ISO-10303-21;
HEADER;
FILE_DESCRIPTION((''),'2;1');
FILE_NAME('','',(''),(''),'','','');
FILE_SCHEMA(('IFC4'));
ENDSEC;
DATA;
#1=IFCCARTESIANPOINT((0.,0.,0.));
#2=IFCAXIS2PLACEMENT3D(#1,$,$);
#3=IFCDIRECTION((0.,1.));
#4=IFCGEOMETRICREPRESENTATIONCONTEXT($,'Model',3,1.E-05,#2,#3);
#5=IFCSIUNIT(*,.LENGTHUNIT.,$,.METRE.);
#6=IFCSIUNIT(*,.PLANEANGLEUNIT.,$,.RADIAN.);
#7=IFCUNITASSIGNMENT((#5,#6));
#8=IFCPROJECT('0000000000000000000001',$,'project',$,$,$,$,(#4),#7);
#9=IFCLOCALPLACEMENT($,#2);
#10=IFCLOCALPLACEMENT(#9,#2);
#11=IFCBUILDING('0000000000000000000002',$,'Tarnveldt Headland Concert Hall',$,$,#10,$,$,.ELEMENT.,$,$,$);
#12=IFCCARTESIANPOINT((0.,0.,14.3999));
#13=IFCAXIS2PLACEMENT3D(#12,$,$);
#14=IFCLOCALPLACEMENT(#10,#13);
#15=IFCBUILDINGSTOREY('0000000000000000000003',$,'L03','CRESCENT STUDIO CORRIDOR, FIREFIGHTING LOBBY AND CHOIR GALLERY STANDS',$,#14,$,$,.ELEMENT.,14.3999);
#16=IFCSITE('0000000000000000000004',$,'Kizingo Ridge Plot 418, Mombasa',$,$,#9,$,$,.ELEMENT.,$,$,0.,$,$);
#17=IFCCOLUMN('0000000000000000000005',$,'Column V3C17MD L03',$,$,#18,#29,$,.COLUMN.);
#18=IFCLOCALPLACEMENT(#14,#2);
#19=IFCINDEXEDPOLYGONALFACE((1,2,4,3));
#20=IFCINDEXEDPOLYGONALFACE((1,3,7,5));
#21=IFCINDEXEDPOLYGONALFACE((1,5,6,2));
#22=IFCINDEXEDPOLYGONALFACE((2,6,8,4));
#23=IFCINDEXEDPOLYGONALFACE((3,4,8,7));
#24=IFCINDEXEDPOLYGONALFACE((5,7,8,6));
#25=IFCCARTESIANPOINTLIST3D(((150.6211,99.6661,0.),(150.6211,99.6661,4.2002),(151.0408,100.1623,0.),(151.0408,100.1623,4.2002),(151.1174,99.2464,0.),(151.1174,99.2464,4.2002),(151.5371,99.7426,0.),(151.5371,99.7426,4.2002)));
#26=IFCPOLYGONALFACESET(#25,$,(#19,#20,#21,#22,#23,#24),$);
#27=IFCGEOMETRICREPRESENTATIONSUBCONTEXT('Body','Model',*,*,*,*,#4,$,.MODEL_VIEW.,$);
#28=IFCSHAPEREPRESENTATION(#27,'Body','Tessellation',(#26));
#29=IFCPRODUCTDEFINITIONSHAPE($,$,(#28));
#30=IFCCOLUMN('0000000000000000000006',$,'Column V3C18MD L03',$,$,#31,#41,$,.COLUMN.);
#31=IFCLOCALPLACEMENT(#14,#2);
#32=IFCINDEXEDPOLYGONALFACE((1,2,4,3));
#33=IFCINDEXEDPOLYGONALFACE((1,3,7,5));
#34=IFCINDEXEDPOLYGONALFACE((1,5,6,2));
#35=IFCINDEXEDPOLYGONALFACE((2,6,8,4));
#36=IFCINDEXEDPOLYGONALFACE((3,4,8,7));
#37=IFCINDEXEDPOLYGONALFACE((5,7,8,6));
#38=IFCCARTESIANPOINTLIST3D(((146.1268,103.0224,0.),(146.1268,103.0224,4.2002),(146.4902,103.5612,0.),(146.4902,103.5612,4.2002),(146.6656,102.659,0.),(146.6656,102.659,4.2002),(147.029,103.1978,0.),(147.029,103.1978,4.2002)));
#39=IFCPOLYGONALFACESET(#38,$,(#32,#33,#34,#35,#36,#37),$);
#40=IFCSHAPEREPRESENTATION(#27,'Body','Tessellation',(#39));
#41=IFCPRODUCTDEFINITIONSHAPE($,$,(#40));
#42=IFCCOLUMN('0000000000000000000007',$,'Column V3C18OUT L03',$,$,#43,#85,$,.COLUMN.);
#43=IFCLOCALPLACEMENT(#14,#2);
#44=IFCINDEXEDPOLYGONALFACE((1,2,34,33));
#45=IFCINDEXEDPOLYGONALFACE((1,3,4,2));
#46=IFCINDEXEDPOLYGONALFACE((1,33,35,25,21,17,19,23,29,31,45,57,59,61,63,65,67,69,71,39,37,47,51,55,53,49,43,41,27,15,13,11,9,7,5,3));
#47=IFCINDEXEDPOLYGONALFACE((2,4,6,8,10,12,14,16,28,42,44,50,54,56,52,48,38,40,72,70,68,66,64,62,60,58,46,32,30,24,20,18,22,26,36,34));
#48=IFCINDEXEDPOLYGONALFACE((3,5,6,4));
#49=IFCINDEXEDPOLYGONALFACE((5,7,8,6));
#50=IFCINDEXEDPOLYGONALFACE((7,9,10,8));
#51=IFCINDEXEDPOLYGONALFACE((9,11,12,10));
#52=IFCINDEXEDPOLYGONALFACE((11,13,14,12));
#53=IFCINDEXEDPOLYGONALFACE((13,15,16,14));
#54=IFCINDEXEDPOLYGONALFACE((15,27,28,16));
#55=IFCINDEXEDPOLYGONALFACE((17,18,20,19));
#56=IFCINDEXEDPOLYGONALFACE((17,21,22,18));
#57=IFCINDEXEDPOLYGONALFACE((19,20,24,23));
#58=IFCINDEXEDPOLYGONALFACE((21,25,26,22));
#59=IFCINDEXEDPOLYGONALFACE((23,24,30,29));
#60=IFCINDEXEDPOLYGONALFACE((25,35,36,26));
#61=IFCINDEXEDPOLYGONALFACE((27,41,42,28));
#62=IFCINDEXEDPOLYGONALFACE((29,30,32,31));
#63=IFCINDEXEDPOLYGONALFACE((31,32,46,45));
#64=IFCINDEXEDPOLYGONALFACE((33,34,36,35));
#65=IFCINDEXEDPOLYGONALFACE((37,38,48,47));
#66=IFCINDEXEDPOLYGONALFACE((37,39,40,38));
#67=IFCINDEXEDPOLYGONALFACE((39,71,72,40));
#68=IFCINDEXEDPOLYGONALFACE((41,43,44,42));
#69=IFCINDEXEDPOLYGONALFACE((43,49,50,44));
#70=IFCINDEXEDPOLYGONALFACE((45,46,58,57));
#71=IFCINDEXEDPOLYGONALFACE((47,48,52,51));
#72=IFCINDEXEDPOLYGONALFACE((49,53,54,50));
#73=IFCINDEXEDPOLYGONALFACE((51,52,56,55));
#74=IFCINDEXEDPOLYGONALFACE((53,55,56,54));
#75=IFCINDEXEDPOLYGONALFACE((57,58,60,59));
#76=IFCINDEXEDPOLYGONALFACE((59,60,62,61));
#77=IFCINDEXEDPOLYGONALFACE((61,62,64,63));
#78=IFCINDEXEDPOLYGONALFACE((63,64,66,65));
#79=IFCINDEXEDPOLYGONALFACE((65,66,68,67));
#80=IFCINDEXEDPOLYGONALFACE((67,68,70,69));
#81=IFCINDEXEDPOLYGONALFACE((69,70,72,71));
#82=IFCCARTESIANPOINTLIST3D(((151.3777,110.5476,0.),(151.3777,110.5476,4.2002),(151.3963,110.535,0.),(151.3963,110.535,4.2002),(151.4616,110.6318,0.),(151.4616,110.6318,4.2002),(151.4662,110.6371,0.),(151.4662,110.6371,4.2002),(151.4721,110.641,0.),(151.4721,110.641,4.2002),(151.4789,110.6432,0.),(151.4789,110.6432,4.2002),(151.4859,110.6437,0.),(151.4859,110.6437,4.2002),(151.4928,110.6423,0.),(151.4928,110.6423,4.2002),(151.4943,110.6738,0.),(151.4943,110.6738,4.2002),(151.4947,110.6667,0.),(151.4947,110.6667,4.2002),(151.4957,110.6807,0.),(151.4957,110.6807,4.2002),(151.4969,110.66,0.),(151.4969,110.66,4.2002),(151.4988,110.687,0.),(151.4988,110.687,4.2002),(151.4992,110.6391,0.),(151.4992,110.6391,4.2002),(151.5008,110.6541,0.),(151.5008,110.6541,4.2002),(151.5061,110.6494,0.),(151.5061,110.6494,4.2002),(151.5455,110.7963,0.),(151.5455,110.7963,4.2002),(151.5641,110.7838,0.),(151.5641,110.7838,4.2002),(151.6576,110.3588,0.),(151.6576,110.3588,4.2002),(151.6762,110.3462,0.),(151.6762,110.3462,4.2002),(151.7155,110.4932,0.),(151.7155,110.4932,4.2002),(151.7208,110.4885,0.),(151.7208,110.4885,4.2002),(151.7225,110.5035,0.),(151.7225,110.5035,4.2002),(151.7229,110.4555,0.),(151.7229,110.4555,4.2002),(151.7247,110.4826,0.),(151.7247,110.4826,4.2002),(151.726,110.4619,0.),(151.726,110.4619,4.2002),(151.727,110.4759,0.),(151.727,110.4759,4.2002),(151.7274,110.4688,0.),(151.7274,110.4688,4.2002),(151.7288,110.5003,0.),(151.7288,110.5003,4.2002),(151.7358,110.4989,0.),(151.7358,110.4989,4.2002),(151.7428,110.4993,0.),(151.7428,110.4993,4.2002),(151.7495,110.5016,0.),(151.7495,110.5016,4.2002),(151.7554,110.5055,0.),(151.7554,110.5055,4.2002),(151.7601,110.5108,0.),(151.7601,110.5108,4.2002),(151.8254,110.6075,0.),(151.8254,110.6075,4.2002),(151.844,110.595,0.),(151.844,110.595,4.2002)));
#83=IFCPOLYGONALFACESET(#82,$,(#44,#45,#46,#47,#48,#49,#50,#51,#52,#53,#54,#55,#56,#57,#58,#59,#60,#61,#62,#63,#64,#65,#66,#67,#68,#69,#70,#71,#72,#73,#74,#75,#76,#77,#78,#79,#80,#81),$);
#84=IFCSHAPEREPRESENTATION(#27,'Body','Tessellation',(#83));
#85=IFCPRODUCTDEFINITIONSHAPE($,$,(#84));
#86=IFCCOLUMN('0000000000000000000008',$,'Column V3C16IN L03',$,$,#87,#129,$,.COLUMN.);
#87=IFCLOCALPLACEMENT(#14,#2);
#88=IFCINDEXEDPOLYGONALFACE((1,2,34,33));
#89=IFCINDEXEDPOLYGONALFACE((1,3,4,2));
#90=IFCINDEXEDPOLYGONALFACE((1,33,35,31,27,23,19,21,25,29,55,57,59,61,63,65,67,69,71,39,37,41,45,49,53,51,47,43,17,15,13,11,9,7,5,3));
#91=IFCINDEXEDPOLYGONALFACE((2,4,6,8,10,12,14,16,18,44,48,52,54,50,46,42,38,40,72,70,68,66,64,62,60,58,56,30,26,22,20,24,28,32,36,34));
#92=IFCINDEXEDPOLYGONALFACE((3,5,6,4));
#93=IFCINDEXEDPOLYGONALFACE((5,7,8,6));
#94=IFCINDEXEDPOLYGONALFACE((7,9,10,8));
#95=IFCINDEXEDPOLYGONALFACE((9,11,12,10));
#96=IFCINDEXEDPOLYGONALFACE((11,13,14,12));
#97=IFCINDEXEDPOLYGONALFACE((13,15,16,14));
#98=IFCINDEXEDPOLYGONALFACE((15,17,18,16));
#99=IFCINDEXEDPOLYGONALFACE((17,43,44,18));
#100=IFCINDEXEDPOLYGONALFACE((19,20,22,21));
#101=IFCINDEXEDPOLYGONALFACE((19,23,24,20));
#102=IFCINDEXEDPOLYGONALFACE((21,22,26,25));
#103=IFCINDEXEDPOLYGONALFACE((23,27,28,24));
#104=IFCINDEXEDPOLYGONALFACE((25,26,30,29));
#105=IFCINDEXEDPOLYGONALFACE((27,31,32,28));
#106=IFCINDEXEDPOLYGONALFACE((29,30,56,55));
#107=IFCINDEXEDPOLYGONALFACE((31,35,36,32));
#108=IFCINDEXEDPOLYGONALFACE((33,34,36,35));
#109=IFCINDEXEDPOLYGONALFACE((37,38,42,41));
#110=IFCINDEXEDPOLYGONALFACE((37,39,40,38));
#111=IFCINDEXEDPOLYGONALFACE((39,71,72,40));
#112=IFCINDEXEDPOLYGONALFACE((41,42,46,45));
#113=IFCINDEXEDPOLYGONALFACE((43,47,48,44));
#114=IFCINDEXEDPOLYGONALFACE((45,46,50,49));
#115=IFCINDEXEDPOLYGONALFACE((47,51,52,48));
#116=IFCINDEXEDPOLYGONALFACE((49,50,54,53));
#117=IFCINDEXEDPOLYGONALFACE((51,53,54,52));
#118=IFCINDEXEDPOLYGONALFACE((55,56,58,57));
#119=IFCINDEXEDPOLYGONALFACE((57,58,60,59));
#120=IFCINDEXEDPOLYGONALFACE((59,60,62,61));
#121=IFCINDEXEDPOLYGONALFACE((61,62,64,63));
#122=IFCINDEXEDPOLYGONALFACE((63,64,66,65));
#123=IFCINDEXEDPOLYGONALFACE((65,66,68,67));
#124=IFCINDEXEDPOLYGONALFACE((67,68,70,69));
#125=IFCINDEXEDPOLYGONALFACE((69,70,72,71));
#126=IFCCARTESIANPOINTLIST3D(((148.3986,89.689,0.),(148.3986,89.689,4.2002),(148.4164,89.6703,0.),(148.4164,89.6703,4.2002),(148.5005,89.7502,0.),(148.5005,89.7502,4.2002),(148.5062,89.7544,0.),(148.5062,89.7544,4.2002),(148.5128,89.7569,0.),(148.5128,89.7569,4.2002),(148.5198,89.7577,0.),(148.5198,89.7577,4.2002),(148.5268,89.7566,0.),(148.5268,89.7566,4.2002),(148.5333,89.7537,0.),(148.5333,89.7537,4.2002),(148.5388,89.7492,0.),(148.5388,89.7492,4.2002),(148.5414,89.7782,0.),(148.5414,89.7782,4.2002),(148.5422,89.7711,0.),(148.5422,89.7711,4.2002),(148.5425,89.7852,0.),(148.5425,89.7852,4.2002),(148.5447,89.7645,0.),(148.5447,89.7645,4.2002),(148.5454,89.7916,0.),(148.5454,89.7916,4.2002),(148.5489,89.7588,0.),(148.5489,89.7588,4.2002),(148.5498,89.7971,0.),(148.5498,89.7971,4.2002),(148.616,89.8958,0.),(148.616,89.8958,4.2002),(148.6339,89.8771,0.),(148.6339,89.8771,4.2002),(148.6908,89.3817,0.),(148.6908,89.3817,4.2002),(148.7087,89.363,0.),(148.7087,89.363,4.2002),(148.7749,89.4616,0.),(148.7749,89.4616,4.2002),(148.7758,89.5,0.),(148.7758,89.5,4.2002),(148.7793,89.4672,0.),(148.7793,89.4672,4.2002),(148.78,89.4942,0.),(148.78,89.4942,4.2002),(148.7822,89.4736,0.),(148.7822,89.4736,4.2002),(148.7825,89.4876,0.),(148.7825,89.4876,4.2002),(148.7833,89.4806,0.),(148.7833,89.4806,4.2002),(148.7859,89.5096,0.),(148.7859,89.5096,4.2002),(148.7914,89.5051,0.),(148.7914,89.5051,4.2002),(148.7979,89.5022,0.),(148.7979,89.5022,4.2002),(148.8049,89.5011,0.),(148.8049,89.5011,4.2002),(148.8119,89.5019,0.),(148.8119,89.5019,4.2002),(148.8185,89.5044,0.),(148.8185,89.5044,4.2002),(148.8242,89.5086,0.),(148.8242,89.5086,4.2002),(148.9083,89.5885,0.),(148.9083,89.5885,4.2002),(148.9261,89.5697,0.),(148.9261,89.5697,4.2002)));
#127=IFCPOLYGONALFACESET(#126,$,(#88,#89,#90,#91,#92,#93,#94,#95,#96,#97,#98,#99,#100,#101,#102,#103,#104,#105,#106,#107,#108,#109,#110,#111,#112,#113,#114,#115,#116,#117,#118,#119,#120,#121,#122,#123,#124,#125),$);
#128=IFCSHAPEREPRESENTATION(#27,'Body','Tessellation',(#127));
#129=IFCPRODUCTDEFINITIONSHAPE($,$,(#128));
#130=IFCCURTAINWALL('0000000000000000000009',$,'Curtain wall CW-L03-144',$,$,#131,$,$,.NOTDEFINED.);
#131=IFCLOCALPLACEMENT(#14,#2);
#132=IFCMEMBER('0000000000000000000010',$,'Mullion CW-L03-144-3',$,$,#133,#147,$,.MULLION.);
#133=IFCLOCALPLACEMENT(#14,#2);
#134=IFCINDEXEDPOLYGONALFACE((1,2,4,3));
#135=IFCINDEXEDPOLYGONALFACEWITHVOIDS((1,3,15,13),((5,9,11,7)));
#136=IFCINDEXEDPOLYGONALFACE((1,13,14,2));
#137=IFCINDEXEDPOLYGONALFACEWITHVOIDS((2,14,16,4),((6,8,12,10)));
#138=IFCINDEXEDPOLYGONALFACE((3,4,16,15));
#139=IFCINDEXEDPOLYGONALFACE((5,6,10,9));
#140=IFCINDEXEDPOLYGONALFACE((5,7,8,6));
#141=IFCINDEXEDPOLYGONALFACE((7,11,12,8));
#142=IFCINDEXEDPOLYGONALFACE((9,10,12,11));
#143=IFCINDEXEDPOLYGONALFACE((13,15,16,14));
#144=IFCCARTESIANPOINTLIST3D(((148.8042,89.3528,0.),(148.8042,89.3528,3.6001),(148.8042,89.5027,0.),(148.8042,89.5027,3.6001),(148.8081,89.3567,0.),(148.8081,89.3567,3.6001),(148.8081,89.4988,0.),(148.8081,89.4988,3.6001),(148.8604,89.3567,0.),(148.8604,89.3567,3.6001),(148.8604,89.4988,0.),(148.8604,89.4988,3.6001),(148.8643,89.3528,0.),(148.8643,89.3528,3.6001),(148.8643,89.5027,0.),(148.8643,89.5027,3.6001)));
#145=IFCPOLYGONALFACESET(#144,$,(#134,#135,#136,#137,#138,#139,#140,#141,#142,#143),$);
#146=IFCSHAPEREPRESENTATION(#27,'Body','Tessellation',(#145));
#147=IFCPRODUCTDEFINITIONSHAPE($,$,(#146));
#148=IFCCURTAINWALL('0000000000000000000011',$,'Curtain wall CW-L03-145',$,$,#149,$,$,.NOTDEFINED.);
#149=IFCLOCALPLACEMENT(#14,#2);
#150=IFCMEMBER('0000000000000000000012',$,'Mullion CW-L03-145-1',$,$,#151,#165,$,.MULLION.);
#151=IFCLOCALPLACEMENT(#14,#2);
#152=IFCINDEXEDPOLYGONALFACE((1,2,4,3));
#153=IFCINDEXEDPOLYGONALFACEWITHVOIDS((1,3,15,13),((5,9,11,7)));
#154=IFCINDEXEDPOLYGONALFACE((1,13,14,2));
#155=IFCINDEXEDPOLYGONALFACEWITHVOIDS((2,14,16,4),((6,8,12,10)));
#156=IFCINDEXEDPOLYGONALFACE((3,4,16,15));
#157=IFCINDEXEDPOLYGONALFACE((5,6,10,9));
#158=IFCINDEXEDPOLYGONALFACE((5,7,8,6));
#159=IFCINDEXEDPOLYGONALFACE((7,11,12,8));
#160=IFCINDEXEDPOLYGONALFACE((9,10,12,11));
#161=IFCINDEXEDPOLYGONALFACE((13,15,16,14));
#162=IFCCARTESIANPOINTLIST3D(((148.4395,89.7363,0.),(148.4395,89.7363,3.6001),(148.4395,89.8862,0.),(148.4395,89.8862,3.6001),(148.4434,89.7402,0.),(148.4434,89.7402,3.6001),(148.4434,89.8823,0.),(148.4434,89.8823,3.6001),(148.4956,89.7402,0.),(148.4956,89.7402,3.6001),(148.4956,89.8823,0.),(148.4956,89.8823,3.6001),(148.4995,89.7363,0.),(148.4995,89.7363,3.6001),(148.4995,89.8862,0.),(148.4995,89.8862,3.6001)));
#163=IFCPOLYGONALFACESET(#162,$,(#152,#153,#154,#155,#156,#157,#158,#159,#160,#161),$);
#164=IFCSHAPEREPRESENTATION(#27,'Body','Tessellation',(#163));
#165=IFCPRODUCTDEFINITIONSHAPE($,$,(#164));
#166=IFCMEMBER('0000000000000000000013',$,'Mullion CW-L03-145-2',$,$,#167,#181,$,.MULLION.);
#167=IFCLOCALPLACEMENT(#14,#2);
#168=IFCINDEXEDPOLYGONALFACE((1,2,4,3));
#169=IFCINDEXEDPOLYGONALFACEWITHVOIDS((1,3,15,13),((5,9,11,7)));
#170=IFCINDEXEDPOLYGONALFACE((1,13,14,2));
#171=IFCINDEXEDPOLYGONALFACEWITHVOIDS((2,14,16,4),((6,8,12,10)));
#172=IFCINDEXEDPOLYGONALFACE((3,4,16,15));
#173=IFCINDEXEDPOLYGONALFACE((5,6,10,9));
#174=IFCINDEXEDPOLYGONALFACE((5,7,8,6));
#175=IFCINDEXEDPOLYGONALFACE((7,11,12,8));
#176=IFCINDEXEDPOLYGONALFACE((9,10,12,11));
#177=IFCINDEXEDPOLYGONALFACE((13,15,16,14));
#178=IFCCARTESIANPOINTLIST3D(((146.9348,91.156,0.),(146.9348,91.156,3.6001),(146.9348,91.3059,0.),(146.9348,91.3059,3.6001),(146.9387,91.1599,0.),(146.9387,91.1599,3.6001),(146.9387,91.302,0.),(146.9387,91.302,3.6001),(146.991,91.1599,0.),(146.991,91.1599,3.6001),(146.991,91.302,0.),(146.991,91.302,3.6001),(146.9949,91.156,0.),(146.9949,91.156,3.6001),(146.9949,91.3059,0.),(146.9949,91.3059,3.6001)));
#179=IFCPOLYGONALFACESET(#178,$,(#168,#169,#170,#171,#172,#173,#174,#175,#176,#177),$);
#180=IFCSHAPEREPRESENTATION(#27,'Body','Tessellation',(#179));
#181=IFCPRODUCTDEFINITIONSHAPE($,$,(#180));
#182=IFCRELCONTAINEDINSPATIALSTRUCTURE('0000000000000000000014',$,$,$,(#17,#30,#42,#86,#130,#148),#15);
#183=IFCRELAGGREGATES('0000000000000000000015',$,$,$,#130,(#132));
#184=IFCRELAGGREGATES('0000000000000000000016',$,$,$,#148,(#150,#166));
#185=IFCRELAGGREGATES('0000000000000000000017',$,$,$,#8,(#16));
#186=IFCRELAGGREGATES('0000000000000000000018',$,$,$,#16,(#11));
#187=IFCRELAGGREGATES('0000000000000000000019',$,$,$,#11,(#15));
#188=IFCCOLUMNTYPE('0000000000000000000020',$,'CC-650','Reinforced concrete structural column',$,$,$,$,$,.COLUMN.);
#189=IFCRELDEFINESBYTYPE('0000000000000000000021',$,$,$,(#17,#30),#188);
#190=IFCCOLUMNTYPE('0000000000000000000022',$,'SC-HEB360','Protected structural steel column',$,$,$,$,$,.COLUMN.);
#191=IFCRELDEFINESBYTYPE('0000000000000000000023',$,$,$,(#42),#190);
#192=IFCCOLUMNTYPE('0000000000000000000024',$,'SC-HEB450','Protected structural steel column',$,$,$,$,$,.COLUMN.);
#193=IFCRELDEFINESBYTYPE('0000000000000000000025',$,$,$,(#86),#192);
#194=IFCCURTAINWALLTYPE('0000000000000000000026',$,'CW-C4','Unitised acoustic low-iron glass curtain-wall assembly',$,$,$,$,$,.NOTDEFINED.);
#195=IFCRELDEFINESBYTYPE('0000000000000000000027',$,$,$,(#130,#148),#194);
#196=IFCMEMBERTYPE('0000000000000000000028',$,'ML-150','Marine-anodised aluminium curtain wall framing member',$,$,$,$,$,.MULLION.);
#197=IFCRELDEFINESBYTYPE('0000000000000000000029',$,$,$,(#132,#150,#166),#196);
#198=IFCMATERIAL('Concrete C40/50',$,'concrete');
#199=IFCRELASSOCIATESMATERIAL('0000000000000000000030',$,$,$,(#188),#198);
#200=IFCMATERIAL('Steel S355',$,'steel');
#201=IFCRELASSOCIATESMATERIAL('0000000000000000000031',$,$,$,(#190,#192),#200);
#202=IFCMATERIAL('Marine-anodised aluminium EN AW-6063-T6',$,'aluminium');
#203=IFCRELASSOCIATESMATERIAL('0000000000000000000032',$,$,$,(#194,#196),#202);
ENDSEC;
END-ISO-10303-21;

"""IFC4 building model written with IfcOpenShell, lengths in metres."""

from ifc_helpers import new_model, si_unit, direction, frame, origin, origin_2d, place, context, subcontext, project, spatial, rectangle, hollow_rectangle, i_section, extrude, material, material_profile, profile_set, type_object, element, aggregate, save


model = new_model("IFC4")

# Units and contexts
model_context = context("Model", 3, precision=1e-05, world=origin(), true_north=direction((0.0, 1.0)))
body_context = subcontext(model_context, "Body", "Model", "MODEL_VIEW")
ifc_project = project(units=[si_unit("LENGTHUNIT", "METRE"), si_unit("PLANEANGLEUNIT", "RADIAN")], contexts=[model_context])

# Site, building, storey
site_placement = place(None, origin())
site = spatial("IfcSite", under=ifc_project, at=site_placement, Name="Kizingo Ridge Plot 418, Mombasa", CompositionType="ELEMENT", RefElevation=0.0)
building_placement = place(site_placement, origin())
building = spatial("IfcBuilding", under=site, at=building_placement, Name="Tarnveldt Headland Concert Hall", CompositionType="ELEMENT")
storey_placement = place(building_placement, frame((0.0, 0.0, 14.3999)))
storey = spatial("IfcBuildingStorey", under=building, at=storey_placement, Name="L03", Description="CRESCENT STUDIO CORRIDOR, FIREFIGHTING LOBBY AND CHOIR GALLERY STANDS", CompositionType="ELEMENT", Elevation=14.3999)

# Columns
ifc_material_1 = material(Name="Concrete C40/50", Category="concrete")
ifc_material_profile_1 = material_profile(ifc_material_1, rectangle(XDim=0.6499, YDim=0.6499, at=origin_2d()), Name="RC 650x650", Category="concrete")
ifc_profile_set_1 = profile_set([ifc_material_profile_1], Name="Concrete C40/50")
column_type_1 = type_object("IfcColumnType", Name="CC-650", Description="Reinforced concrete structural column", PredefinedType="COLUMN", material=ifc_profile_set_1)
for number, where, z_axis, x_axis, name in (
    (1, (151.0791, 99.7043, 0.0), (0.0, 0.0, 1.0), (0.645724, 0.763571, 0.0), "Column V3C17MD L03"),
    (2, (146.5779, 103.1101, 0.0), (0.0, 0.0, 1.0), (0.559193, 0.829038, 0.0), "Column V3C18MD L03"),
):
    element("IfcColumn", number, at=place(storey_placement, frame(where, z_axis=z_axis, x_axis=x_axis)), inside=storey, type_object=column_type_1, Name=name, PredefinedType="COLUMN", context=body_context, shape_type="SweptSolid", body=[
        extrude(rectangle(XDim=0.6499, YDim=0.6499, at=origin_2d()), origin(), (0.0, 0.0, 1.0), 4.2002),
    ])
ifc_material_2 = material(Name="Steel S355", Category="steel")
ifc_material_profile_2 = material_profile(ifc_material_2, i_section(OverallWidth=0.3, OverallDepth=0.3601, WebThickness=0.0125, FlangeThickness=0.0225, FilletRadius=0.0271, at=origin_2d()), Name="HEB360", Category="steel")
ifc_profile_set_2 = profile_set([ifc_material_profile_2], Name="Steel S355")
column_type_2 = type_object("IfcColumnType", Name="SC-HEB360", Description="Protected structural steel column", PredefinedType="COLUMN", material=ifc_profile_set_2)
column_1_placement = place(storey_placement, frame((151.6108, 110.5713, 0.0), z_axis=(0.0, 0.0, 1.0), x_axis=(0.559193, 0.829038, 0.0)))
element("IfcColumn", 3, at=column_1_placement, inside=storey, type_object=column_type_2, Name="Column V3C18OUT L03", PredefinedType="COLUMN", context=body_context, shape_type="SweptSolid", body=[
    extrude(i_section(OverallWidth=0.3, OverallDepth=0.3601, WebThickness=0.0125, FlangeThickness=0.0225, FilletRadius=0.0271, at=origin_2d()), origin(), (0.0, 0.0, 1.0), 4.2002),
])
ifc_material_profile_3 = material_profile(ifc_material_2, i_section(OverallWidth=0.3, OverallDepth=0.45, WebThickness=0.0139, FlangeThickness=0.0259, FilletRadius=0.0271, at=origin_2d()), Name="HEB450", Category="steel")
ifc_profile_set_3 = profile_set([ifc_material_profile_3], Name="Steel S355")
column_type_3 = type_object("IfcColumnType", Name="SC-HEB450", Description="Protected structural steel column", PredefinedType="COLUMN", material=ifc_profile_set_3)
column_2_placement = place(storey_placement, frame((148.6624, 89.6294, 0.0), z_axis=(0.0, 0.0, 1.0), x_axis=(0.724653, 0.689114, 0.0)))
element("IfcColumn", 4, at=column_2_placement, inside=storey, type_object=column_type_3, Name="Column V3C16IN L03", PredefinedType="COLUMN", context=body_context, shape_type="SweptSolid", body=[
    extrude(i_section(OverallWidth=0.3, OverallDepth=0.45, WebThickness=0.0139, FlangeThickness=0.0259, FilletRadius=0.0271, at=origin_2d()), origin(), (0.0, 0.0, 1.0), 4.2002),
])

# Curtain wall, member
ifc_material_3 = material(Name="Marine-anodised aluminium EN AW-6063-T6", Category="aluminium")
curtain_wall_type = type_object("IfcCurtainWallType", Name="CW-C4", Description="Unitised acoustic low-iron glass curtain-wall assembly", PredefinedType="NOTDEFINED", material=ifc_material_3)
curtain_wall_1_placement = place(storey_placement, origin())
curtain_wall_1 = element("IfcCurtainWall", 5, at=curtain_wall_1_placement, inside=storey, type_object=curtain_wall_type, Name="Curtain wall CW-L03-144", PredefinedType="NOTDEFINED")
ifc_material_profile_4 = material_profile(ifc_material_3, hollow_rectangle(XDim=0.0601, YDim=0.1499, WallThickness=0.0039, at=origin_2d()), Name="ALU MULLION 60x150x4", Category="aluminium")
ifc_profile_set_4 = profile_set([ifc_material_profile_4], Name="Marine-anodised aluminium EN AW-6063-T6")
member_type_1 = type_object("IfcMemberType", Name="ML-150", Description="Marine-anodised aluminium curtain wall framing member", PredefinedType="MULLION", material=ifc_profile_set_4)
member_1_placement = place(storey_placement, frame((148.8342, 89.4277, 0.0), z_axis=(0.0, 0.0, 1.0), x_axis=(1.0, 0.0, 0.0)))
member_1 = element("IfcMember", 6, at=member_1_placement, type_object=member_type_1, Name="Mullion CW-L03-144-3", PredefinedType="MULLION", context=body_context, shape_type="SweptSolid", body=[
    extrude(hollow_rectangle(XDim=0.0601, YDim=0.1499, WallThickness=0.0039, at=origin_2d()), origin(), (0.0, 0.0, 1.0), 3.6001),
])
aggregate(curtain_wall_1, [member_1])

# Curtain wall, members
curtain_wall_2_placement = place(storey_placement, origin())
curtain_wall_2 = element("IfcCurtainWall", 7, at=curtain_wall_2_placement, inside=storey, type_object=curtain_wall_type, Name="Curtain wall CW-L03-145", PredefinedType="NOTDEFINED")
member_2_placement = place(storey_placement, frame((148.4695, 89.8113, 0.0), z_axis=(0.0, 0.0, 1.0), x_axis=(1.0, 0.0, 0.0)))
member_2 = element("IfcMember", 8, at=member_2_placement, type_object=member_type_1, Name="Mullion CW-L03-145-1", PredefinedType="MULLION", context=body_context, shape_type="SweptSolid", body=[
    extrude(hollow_rectangle(XDim=0.0601, YDim=0.1499, WallThickness=0.0039, at=origin_2d()), origin(), (0.0, 0.0, 1.0), 3.6001),
])
member_3_placement = place(storey_placement, frame((146.9648, 91.231, 0.0), z_axis=(0.0, 0.0, 1.0), x_axis=(1.0, 0.0, 0.0)))
member_3 = element("IfcMember", 9, at=member_3_placement, type_object=member_type_1, Name="Mullion CW-L03-145-2", PredefinedType="MULLION", context=body_context, shape_type="SweptSolid", body=[
    extrude(hollow_rectangle(XDim=0.0601, YDim=0.1499, WallThickness=0.0039, at=origin_2d()), origin(), (0.0, 0.0, 1.0), 3.6001),
])

aggregate(curtain_wall_2, [member_2, member_3])

save(model, "model.ifc")
